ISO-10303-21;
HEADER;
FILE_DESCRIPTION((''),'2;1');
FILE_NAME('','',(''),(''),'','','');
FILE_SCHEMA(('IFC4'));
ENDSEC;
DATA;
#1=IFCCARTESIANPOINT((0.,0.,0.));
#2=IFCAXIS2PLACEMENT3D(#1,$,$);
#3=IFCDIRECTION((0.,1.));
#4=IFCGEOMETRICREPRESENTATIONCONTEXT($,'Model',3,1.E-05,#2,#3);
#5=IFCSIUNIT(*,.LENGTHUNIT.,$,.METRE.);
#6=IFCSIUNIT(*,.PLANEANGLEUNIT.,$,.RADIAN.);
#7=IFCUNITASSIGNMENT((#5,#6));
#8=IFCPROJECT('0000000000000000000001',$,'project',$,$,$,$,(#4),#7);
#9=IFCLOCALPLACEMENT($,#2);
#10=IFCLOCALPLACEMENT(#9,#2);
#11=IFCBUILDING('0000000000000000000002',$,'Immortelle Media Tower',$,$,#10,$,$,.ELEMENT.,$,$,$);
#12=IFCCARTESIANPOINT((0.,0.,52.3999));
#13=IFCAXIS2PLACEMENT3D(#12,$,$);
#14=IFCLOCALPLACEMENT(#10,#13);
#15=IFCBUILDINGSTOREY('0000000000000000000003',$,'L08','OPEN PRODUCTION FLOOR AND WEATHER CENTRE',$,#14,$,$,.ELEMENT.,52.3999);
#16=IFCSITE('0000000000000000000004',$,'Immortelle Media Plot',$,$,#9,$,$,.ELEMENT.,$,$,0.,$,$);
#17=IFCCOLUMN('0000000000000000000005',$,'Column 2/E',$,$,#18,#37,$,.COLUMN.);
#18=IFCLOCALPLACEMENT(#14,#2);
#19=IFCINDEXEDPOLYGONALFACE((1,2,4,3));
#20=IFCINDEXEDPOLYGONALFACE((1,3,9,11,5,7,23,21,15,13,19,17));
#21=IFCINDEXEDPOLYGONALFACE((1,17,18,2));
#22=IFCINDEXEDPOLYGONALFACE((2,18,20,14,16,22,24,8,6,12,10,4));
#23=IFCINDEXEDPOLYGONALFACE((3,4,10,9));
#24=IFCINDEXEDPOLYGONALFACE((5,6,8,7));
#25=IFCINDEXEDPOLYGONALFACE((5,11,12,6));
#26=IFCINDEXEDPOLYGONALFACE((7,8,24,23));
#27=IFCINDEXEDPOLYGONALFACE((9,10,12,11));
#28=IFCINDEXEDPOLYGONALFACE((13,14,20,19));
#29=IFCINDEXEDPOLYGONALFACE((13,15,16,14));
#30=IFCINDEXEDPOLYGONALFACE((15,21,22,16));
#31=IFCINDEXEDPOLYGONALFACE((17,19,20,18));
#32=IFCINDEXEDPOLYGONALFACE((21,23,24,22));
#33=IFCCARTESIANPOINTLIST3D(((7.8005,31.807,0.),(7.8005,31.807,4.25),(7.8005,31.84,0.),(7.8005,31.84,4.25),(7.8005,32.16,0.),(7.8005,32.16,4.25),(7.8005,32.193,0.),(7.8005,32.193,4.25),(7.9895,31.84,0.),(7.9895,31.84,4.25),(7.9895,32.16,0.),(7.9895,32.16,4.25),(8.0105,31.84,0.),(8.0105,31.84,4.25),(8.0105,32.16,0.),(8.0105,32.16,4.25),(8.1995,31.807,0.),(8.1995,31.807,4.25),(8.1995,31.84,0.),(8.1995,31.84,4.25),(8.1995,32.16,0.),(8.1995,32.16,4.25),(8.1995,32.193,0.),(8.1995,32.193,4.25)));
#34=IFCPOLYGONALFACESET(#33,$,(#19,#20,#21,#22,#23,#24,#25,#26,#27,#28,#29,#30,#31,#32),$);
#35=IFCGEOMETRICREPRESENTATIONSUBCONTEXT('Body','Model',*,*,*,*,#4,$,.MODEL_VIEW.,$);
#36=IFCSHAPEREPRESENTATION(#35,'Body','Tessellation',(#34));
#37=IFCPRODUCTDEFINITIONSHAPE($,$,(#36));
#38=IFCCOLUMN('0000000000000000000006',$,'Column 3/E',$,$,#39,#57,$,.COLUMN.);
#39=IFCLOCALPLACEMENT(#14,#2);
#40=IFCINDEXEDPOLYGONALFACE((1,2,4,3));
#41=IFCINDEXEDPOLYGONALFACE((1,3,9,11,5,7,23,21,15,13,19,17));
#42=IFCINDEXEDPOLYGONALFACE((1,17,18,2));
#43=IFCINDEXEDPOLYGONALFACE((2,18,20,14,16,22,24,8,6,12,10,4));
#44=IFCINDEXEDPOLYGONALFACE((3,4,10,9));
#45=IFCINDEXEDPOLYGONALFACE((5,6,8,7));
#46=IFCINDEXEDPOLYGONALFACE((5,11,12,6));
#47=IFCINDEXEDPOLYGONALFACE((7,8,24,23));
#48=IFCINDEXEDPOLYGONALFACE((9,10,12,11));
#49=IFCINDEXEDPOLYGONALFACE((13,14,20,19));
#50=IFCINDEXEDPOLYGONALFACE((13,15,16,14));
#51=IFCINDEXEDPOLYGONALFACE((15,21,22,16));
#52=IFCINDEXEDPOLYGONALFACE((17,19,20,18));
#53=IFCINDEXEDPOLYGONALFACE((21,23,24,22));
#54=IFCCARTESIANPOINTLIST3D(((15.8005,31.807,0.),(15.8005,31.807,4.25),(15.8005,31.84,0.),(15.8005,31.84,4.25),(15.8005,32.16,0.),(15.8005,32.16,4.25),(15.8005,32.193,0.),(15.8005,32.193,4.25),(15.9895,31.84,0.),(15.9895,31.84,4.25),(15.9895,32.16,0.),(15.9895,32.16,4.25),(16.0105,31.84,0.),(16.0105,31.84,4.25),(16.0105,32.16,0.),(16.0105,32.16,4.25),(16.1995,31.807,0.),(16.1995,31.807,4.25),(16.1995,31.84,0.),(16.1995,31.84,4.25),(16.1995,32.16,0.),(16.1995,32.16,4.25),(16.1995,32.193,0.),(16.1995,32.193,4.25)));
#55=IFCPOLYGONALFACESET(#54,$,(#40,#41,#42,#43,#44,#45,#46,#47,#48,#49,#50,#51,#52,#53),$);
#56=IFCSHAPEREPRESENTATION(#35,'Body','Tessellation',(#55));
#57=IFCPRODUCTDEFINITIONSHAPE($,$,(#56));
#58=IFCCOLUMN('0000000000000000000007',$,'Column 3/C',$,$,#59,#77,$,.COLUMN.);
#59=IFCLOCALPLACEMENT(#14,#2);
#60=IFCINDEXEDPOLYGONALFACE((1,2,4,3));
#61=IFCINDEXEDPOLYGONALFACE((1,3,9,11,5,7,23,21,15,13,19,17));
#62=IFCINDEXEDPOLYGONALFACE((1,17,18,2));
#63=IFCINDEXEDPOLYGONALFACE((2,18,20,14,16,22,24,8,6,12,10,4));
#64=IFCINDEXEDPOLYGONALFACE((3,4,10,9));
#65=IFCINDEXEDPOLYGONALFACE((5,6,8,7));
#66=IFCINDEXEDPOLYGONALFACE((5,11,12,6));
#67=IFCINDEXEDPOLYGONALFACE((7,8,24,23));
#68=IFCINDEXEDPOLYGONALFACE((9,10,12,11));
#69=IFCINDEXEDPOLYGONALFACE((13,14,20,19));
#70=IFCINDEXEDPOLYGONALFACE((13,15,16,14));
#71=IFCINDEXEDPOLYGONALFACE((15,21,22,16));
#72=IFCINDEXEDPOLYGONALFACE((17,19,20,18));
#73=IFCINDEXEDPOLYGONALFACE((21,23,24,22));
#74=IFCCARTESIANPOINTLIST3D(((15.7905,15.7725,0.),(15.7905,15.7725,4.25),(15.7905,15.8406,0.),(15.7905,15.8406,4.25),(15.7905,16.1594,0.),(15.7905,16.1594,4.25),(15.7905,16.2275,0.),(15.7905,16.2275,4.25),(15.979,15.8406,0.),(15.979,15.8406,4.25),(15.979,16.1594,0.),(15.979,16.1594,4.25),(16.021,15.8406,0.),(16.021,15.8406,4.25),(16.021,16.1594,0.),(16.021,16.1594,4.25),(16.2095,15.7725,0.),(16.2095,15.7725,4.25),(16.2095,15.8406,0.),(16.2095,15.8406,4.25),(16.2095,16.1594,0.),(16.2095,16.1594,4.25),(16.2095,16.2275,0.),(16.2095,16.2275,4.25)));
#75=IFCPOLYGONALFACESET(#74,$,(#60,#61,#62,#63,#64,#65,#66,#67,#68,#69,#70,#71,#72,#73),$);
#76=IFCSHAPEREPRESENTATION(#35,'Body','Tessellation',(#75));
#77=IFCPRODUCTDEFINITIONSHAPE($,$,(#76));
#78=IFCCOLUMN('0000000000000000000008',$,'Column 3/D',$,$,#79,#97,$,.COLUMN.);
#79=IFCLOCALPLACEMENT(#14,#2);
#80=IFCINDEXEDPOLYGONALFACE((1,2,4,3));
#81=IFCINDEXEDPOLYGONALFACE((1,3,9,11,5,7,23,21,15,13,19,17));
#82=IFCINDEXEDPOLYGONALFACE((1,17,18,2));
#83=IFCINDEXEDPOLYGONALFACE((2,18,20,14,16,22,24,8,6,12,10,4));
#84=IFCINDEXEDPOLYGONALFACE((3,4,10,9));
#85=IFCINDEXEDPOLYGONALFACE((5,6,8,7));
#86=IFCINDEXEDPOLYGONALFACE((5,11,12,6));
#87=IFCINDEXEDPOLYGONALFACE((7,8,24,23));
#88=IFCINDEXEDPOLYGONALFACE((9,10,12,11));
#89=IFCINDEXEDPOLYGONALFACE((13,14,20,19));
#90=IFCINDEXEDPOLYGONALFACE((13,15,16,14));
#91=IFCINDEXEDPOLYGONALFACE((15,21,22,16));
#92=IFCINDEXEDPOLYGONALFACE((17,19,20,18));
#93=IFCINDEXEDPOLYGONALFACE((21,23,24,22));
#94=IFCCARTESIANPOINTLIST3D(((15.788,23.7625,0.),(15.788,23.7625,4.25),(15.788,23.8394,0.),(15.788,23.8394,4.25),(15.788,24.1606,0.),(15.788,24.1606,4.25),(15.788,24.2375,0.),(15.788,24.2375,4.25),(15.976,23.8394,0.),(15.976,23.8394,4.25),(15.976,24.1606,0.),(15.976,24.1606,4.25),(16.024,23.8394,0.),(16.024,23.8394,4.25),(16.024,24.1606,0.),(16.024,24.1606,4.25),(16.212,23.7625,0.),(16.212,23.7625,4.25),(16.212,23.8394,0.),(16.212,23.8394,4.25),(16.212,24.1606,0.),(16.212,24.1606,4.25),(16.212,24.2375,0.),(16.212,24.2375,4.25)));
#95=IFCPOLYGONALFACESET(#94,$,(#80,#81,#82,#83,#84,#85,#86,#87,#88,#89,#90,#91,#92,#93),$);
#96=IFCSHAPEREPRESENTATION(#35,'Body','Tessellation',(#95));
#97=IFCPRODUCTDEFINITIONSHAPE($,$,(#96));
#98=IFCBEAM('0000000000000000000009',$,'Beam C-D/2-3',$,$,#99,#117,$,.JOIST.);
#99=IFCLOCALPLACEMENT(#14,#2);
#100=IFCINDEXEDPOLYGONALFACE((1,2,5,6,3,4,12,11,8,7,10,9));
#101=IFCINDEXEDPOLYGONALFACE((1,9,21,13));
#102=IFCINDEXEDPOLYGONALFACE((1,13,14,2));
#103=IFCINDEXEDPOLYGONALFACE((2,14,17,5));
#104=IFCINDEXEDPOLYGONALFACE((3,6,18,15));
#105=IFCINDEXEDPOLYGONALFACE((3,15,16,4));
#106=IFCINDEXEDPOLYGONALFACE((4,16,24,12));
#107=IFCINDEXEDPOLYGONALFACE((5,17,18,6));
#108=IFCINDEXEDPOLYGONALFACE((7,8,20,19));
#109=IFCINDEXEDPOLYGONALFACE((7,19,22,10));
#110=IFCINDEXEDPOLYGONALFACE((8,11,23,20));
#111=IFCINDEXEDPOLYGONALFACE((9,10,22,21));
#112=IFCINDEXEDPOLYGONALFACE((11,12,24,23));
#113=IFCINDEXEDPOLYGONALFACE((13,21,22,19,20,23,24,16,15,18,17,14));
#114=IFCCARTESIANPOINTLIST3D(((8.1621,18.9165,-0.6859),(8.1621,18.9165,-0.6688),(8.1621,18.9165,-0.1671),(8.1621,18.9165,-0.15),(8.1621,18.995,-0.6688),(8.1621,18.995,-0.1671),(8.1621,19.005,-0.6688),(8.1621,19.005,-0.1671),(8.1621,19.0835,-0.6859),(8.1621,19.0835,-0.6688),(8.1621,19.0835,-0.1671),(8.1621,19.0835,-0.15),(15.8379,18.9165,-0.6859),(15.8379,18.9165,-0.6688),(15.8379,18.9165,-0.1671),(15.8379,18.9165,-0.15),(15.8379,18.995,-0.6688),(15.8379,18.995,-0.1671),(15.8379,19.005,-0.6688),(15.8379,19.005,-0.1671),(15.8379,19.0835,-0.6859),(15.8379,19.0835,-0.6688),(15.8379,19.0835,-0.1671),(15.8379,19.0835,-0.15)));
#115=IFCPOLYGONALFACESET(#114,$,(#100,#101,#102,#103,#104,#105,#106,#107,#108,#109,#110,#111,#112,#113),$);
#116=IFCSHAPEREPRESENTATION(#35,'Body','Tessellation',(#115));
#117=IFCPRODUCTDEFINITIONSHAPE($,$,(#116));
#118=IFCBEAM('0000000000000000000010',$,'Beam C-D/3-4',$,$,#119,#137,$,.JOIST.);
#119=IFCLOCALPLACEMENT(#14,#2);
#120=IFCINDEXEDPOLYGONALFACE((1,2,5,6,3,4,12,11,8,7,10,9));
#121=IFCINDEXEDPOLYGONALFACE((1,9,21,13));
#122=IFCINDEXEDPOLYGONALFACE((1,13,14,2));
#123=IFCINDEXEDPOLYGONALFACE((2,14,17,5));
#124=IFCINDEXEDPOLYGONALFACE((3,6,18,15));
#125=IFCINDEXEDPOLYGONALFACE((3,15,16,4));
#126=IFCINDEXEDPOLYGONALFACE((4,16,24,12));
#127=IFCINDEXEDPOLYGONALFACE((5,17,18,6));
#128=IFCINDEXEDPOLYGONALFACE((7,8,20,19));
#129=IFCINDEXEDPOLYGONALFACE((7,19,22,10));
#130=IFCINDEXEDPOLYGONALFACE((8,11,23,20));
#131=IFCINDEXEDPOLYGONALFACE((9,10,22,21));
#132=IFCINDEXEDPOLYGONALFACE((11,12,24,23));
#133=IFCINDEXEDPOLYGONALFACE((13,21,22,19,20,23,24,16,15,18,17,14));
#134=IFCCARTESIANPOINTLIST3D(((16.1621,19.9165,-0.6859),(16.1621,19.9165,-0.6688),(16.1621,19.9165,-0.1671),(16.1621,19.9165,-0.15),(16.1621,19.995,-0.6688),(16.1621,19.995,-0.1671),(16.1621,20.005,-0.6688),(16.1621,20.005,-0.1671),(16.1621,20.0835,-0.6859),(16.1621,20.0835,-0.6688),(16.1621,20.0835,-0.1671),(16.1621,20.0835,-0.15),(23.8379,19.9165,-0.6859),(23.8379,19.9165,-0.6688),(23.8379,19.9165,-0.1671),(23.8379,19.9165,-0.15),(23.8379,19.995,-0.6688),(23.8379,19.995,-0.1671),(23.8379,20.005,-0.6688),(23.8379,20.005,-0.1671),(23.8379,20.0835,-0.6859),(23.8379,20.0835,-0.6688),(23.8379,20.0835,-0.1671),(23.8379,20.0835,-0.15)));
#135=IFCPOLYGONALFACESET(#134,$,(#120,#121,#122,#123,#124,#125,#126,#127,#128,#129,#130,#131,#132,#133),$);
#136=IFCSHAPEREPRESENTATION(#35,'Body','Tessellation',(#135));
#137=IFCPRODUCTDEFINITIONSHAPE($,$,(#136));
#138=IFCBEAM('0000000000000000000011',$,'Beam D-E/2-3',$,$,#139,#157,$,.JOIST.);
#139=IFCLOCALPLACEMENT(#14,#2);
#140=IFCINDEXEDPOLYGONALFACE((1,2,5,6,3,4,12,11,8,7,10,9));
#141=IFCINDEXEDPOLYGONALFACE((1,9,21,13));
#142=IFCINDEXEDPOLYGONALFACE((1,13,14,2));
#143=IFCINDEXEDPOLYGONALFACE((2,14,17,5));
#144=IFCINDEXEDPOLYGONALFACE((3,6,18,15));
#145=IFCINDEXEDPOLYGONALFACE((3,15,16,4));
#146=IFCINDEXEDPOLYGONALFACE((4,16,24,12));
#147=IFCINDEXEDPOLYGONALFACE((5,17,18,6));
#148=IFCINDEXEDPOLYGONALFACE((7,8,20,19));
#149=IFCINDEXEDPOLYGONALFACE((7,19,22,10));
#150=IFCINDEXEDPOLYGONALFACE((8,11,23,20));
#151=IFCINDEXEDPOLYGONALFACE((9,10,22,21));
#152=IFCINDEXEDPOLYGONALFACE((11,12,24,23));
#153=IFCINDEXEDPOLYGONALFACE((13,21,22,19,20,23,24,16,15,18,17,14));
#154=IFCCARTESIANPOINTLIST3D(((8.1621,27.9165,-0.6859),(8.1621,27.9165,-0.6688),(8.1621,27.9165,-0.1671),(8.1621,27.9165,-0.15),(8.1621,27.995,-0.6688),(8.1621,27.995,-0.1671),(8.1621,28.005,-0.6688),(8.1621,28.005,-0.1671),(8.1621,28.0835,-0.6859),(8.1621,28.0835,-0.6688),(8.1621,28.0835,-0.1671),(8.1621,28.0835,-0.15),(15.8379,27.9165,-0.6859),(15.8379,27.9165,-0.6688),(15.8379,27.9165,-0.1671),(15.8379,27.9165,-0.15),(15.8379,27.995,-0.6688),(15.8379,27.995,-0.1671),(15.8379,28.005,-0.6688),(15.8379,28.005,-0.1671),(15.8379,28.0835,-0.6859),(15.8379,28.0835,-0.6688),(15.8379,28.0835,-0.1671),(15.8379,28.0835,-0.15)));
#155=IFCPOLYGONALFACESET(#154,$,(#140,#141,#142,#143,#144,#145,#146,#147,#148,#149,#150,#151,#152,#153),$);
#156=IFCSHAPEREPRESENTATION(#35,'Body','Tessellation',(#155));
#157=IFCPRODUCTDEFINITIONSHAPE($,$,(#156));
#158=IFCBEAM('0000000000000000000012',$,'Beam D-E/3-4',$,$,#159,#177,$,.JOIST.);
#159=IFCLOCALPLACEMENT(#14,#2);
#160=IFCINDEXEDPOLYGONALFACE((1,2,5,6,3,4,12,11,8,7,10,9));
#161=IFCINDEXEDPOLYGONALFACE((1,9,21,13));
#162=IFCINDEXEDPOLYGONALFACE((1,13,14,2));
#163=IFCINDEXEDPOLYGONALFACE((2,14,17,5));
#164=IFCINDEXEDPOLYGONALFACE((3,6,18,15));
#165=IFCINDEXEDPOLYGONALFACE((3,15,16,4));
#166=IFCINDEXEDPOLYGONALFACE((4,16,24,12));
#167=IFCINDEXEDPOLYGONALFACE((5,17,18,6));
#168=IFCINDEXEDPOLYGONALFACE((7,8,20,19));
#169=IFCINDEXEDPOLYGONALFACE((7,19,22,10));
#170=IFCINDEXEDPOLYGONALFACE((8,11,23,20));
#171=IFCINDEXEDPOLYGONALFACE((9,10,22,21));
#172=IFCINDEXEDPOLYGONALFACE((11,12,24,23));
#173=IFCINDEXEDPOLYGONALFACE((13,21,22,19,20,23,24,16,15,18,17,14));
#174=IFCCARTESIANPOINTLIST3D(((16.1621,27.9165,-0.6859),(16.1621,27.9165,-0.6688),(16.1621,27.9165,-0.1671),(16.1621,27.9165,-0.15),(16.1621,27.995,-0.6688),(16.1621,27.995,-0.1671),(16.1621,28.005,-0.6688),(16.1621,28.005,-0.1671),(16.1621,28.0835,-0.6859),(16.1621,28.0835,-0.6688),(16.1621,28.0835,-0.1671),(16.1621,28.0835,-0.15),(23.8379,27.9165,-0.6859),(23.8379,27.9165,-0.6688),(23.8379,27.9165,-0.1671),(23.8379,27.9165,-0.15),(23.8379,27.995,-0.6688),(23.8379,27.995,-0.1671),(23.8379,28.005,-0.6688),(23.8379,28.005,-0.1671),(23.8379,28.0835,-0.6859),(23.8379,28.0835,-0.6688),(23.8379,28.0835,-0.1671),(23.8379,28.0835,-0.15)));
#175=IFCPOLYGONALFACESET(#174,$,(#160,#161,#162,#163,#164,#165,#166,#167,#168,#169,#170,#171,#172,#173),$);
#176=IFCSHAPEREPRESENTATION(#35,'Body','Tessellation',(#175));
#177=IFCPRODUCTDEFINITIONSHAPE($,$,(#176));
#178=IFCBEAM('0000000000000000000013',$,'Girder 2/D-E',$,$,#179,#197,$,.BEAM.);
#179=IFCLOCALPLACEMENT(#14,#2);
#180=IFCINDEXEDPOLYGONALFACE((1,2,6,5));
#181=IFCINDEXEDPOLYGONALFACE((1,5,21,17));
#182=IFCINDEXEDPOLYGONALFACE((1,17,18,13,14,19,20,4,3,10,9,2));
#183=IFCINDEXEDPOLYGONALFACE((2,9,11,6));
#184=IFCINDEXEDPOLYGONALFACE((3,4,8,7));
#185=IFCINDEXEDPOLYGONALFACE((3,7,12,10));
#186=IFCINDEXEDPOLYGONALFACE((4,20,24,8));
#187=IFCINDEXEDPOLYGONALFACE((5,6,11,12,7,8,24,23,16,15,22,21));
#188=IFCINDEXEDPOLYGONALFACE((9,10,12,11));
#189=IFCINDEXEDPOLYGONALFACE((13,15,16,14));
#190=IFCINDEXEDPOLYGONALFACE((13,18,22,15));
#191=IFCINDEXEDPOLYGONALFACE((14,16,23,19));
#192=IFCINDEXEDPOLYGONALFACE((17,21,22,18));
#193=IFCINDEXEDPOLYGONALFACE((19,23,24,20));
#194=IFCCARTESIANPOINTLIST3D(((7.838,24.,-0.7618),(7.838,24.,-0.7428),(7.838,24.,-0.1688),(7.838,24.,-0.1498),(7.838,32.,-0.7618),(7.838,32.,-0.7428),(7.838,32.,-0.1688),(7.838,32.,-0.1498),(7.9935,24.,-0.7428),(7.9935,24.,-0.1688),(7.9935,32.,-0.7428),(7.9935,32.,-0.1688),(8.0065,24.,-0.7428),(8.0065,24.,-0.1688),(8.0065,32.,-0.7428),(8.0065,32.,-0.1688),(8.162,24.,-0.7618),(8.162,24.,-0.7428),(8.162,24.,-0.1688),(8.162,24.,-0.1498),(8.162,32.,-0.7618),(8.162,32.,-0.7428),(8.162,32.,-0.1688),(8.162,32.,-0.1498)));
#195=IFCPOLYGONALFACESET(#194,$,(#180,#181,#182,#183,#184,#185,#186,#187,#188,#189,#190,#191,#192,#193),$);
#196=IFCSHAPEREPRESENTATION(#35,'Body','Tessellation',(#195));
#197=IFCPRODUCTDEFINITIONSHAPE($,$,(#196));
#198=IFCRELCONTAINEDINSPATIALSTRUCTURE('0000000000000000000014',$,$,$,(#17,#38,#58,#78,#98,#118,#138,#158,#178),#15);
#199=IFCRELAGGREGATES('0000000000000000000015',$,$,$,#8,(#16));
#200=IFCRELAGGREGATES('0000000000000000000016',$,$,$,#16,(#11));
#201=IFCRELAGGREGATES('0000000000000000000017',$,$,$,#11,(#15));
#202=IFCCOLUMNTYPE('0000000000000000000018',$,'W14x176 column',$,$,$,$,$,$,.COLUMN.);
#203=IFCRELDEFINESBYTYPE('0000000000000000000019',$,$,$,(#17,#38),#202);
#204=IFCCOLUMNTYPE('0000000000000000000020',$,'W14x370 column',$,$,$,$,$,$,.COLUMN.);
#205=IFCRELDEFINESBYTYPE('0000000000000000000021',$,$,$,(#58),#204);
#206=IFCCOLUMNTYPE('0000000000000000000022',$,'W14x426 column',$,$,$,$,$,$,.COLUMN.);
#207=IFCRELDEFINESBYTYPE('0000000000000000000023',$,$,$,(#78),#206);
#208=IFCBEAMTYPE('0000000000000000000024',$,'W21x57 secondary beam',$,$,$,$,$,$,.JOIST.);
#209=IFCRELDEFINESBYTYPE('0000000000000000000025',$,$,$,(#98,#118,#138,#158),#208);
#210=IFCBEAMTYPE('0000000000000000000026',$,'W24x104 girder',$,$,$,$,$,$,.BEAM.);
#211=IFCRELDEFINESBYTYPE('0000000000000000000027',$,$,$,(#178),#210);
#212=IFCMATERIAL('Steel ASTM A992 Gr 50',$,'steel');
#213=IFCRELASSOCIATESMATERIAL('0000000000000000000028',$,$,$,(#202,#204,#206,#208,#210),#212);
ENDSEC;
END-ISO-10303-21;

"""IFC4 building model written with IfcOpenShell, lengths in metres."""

from ifc_helpers import new_model, si_unit, direction, frame, origin, origin_2d, place, context, subcontext, project, spatial, i_section, extrude, material, material_profile, profile_set, type_object, element, save


model = new_model("IFC4")

# Units and contexts
model_context = context("Model", 3, precision=1e-05, world=origin(), true_north=direction((0.0, 1.0)))
body_context = subcontext(model_context, "Body", "Model", "MODEL_VIEW")
ifc_project = project(units=[si_unit("LENGTHUNIT", "METRE"), si_unit("PLANEANGLEUNIT", "RADIAN")], contexts=[model_context])

# Site, building, storey
site_placement = place(None, origin())
site = spatial("IfcSite", under=ifc_project, at=site_placement, Name="Immortelle Media Plot", CompositionType="ELEMENT", RefElevation=0.0)
building_placement = place(site_placement, origin())
building = spatial("IfcBuilding", under=site, at=building_placement, Name="Immortelle Media Tower", CompositionType="ELEMENT")
storey_placement = place(building_placement, frame((0.0, 0.0, 52.3999)))
storey = spatial("IfcBuildingStorey", under=building, at=storey_placement, Name="L08", Description="OPEN PRODUCTION FLOOR AND WEATHER CENTRE", CompositionType="ELEMENT", Elevation=52.3999)

# Columns
ifc_material_1 = material(Name="Steel ASTM A992 Gr 50", Category="steel")
ifc_material_profile_1 = material_profile(ifc_material_1, i_section(OverallWidth=0.3989, OverallDepth=0.386, WebThickness=0.021, FlangeThickness=0.033, at=origin_2d()), Name="W14x176")
ifc_profile_set_1 = profile_set([ifc_material_profile_1], Name="Steel ASTM A992 Gr 50")
column_type_1 = type_object("IfcColumnType", Name="W14x176 column", PredefinedType="COLUMN", material=ifc_profile_set_1)
for number, where, z_axis, x_axis, name in (
    (1, (8.0, 32.0, 0.0), (0.0, 0.0, 1.0), (1.0, 0.0, 0.0), "Column 2/E"),
    (2, (16.0, 32.0, 0.0), (0.0, 0.0, 1.0), (1.0, 0.0, 0.0), "Column 3/E"),
):
    element("IfcColumn", number, at=place(storey_placement, frame(where, z_axis=z_axis, x_axis=x_axis)), inside=storey, type_object=column_type_1, Name=name, PredefinedType="COLUMN", context=body_context, shape_type="SweptSolid", body=[
        extrude(i_section(OverallWidth=0.3989, OverallDepth=0.386, WebThickness=0.021, FlangeThickness=0.033, at=origin_2d()), origin(), (0.0, 0.0, 1.0), 4.25),
    ])
ifc_material_profile_2 = material_profile(ifc_material_1, i_section(OverallWidth=0.4189, OverallDepth=0.4551, WebThickness=0.042, FlangeThickness=0.0681, at=origin_2d()), Name="W14x370")
ifc_profile_set_2 = profile_set([ifc_material_profile_2], Name="Steel ASTM A992 Gr 50")
column_type_2 = type_object("IfcColumnType", Name="W14x370 column", PredefinedType="COLUMN", material=ifc_profile_set_2)
column_1_placement = place(storey_placement, frame((16.0, 16.0, 0.0), z_axis=(0.0, 0.0, 1.0), x_axis=(1.0, 0.0, 0.0)))
element("IfcColumn", 3, at=column_1_placement, inside=storey, type_object=column_type_2, Name="Column 3/C", PredefinedType="COLUMN", context=body_context, shape_type="SweptSolid", body=[
    extrude(i_section(OverallWidth=0.4189, OverallDepth=0.4551, WebThickness=0.042, FlangeThickness=0.0681, at=origin_2d()), origin(), (0.0, 0.0, 1.0), 4.25),
])
ifc_material_profile_3 = material_profile(ifc_material_1, i_section(OverallWidth=0.4241, OverallDepth=0.4751, WebThickness=0.0481, FlangeThickness=0.0769, at=origin_2d()), Name="W14x426")
ifc_profile_set_3 = profile_set([ifc_material_profile_3], Name="Steel ASTM A992 Gr 50")
column_type_3 = type_object("IfcColumnType", Name="W14x426 column", PredefinedType="COLUMN", material=ifc_profile_set_3)
column_2_placement = place(storey_placement, frame((16.0, 24.0, 0.0), z_axis=(0.0, 0.0, 1.0), x_axis=(1.0, 0.0, 0.0)))
element("IfcColumn", 4, at=column_2_placement, inside=storey, type_object=column_type_3, Name="Column 3/D", PredefinedType="COLUMN", context=body_context, shape_type="SweptSolid", body=[
    extrude(i_section(OverallWidth=0.4241, OverallDepth=0.4751, WebThickness=0.0481, FlangeThickness=0.0769, at=origin_2d()), origin(), (0.0, 0.0, 1.0), 4.25),
])

# Beams
ifc_material_profile_4 = material_profile(ifc_material_1, i_section(OverallWidth=0.167, OverallDepth=0.5359, WebThickness=0.01, FlangeThickness=0.0171, at=origin_2d()), Name="W21x57")
ifc_profile_set_4 = profile_set([ifc_material_profile_4], Name="Steel ASTM A992 Gr 50")
beam_type_1 = type_object("IfcBeamType", Name="W21x57 secondary beam", PredefinedType="JOIST", material=ifc_profile_set_4)
for number, where, z_axis, x_axis, name in (
    (5, (8.1621, 19.0, -0.418), (1.0, 0.0, 0.0), (0.0, 1.0, 0.0), "Beam C-D/2-3"),
    (6, (16.1621, 20.0, -0.418), (1.0, 0.0, 0.0), (0.0, 1.0, 0.0), "Beam C-D/3-4"),
    (7, (8.1621, 28.0, -0.418), (1.0, 0.0, 0.0), (0.0, 1.0, 0.0), "Beam D-E/2-3"),
    (8, (16.1621, 28.0, -0.418), (1.0, 0.0, 0.0), (0.0, 1.0, 0.0), "Beam D-E/3-4"),
):
    element("IfcBeam", number, at=place(storey_placement, frame(where, z_axis=z_axis, x_axis=x_axis)), inside=storey, type_object=beam_type_1, Name=name, PredefinedType="JOIST", context=body_context, shape_type="SweptSolid", body=[
        extrude(i_section(OverallWidth=0.167, OverallDepth=0.5359, WebThickness=0.01, FlangeThickness=0.0171, at=origin_2d()), origin(), (0.0, 0.0, 1.0), 7.6758),
    ])
ifc_material_profile_5 = material_profile(ifc_material_1, i_section(OverallWidth=0.324, OverallDepth=0.6121, WebThickness=0.0129, FlangeThickness=0.019, at=origin_2d()), Name="W24x104")
ifc_profile_set_5 = profile_set([ifc_material_profile_5], Name="Steel ASTM A992 Gr 50")
beam_type_2 = type_object("IfcBeamType", Name="W24x104 girder", PredefinedType="BEAM", material=ifc_profile_set_5)
for number, where, z_axis, x_axis, name in (
    (9, (8.0, 24.0, -0.4558), (0.0, 1.0, 0.0), (-1.0, 0.0, 0.0), "Girder 2/D-E"),
):
    element("IfcBeam", number, at=place(storey_placement, frame(where, z_axis=z_axis, x_axis=x_axis)), inside=storey, type_object=beam_type_2, Name=name, PredefinedType="BEAM", context=body_context, shape_type="SweptSolid", body=[
        extrude(i_section(OverallWidth=0.324, OverallDepth=0.6121, WebThickness=0.0129, FlangeThickness=0.019, at=origin_2d()), origin(), (0.0, 0.0, 1.0), 8.0),
    ])

save(model, "model.ifc")
